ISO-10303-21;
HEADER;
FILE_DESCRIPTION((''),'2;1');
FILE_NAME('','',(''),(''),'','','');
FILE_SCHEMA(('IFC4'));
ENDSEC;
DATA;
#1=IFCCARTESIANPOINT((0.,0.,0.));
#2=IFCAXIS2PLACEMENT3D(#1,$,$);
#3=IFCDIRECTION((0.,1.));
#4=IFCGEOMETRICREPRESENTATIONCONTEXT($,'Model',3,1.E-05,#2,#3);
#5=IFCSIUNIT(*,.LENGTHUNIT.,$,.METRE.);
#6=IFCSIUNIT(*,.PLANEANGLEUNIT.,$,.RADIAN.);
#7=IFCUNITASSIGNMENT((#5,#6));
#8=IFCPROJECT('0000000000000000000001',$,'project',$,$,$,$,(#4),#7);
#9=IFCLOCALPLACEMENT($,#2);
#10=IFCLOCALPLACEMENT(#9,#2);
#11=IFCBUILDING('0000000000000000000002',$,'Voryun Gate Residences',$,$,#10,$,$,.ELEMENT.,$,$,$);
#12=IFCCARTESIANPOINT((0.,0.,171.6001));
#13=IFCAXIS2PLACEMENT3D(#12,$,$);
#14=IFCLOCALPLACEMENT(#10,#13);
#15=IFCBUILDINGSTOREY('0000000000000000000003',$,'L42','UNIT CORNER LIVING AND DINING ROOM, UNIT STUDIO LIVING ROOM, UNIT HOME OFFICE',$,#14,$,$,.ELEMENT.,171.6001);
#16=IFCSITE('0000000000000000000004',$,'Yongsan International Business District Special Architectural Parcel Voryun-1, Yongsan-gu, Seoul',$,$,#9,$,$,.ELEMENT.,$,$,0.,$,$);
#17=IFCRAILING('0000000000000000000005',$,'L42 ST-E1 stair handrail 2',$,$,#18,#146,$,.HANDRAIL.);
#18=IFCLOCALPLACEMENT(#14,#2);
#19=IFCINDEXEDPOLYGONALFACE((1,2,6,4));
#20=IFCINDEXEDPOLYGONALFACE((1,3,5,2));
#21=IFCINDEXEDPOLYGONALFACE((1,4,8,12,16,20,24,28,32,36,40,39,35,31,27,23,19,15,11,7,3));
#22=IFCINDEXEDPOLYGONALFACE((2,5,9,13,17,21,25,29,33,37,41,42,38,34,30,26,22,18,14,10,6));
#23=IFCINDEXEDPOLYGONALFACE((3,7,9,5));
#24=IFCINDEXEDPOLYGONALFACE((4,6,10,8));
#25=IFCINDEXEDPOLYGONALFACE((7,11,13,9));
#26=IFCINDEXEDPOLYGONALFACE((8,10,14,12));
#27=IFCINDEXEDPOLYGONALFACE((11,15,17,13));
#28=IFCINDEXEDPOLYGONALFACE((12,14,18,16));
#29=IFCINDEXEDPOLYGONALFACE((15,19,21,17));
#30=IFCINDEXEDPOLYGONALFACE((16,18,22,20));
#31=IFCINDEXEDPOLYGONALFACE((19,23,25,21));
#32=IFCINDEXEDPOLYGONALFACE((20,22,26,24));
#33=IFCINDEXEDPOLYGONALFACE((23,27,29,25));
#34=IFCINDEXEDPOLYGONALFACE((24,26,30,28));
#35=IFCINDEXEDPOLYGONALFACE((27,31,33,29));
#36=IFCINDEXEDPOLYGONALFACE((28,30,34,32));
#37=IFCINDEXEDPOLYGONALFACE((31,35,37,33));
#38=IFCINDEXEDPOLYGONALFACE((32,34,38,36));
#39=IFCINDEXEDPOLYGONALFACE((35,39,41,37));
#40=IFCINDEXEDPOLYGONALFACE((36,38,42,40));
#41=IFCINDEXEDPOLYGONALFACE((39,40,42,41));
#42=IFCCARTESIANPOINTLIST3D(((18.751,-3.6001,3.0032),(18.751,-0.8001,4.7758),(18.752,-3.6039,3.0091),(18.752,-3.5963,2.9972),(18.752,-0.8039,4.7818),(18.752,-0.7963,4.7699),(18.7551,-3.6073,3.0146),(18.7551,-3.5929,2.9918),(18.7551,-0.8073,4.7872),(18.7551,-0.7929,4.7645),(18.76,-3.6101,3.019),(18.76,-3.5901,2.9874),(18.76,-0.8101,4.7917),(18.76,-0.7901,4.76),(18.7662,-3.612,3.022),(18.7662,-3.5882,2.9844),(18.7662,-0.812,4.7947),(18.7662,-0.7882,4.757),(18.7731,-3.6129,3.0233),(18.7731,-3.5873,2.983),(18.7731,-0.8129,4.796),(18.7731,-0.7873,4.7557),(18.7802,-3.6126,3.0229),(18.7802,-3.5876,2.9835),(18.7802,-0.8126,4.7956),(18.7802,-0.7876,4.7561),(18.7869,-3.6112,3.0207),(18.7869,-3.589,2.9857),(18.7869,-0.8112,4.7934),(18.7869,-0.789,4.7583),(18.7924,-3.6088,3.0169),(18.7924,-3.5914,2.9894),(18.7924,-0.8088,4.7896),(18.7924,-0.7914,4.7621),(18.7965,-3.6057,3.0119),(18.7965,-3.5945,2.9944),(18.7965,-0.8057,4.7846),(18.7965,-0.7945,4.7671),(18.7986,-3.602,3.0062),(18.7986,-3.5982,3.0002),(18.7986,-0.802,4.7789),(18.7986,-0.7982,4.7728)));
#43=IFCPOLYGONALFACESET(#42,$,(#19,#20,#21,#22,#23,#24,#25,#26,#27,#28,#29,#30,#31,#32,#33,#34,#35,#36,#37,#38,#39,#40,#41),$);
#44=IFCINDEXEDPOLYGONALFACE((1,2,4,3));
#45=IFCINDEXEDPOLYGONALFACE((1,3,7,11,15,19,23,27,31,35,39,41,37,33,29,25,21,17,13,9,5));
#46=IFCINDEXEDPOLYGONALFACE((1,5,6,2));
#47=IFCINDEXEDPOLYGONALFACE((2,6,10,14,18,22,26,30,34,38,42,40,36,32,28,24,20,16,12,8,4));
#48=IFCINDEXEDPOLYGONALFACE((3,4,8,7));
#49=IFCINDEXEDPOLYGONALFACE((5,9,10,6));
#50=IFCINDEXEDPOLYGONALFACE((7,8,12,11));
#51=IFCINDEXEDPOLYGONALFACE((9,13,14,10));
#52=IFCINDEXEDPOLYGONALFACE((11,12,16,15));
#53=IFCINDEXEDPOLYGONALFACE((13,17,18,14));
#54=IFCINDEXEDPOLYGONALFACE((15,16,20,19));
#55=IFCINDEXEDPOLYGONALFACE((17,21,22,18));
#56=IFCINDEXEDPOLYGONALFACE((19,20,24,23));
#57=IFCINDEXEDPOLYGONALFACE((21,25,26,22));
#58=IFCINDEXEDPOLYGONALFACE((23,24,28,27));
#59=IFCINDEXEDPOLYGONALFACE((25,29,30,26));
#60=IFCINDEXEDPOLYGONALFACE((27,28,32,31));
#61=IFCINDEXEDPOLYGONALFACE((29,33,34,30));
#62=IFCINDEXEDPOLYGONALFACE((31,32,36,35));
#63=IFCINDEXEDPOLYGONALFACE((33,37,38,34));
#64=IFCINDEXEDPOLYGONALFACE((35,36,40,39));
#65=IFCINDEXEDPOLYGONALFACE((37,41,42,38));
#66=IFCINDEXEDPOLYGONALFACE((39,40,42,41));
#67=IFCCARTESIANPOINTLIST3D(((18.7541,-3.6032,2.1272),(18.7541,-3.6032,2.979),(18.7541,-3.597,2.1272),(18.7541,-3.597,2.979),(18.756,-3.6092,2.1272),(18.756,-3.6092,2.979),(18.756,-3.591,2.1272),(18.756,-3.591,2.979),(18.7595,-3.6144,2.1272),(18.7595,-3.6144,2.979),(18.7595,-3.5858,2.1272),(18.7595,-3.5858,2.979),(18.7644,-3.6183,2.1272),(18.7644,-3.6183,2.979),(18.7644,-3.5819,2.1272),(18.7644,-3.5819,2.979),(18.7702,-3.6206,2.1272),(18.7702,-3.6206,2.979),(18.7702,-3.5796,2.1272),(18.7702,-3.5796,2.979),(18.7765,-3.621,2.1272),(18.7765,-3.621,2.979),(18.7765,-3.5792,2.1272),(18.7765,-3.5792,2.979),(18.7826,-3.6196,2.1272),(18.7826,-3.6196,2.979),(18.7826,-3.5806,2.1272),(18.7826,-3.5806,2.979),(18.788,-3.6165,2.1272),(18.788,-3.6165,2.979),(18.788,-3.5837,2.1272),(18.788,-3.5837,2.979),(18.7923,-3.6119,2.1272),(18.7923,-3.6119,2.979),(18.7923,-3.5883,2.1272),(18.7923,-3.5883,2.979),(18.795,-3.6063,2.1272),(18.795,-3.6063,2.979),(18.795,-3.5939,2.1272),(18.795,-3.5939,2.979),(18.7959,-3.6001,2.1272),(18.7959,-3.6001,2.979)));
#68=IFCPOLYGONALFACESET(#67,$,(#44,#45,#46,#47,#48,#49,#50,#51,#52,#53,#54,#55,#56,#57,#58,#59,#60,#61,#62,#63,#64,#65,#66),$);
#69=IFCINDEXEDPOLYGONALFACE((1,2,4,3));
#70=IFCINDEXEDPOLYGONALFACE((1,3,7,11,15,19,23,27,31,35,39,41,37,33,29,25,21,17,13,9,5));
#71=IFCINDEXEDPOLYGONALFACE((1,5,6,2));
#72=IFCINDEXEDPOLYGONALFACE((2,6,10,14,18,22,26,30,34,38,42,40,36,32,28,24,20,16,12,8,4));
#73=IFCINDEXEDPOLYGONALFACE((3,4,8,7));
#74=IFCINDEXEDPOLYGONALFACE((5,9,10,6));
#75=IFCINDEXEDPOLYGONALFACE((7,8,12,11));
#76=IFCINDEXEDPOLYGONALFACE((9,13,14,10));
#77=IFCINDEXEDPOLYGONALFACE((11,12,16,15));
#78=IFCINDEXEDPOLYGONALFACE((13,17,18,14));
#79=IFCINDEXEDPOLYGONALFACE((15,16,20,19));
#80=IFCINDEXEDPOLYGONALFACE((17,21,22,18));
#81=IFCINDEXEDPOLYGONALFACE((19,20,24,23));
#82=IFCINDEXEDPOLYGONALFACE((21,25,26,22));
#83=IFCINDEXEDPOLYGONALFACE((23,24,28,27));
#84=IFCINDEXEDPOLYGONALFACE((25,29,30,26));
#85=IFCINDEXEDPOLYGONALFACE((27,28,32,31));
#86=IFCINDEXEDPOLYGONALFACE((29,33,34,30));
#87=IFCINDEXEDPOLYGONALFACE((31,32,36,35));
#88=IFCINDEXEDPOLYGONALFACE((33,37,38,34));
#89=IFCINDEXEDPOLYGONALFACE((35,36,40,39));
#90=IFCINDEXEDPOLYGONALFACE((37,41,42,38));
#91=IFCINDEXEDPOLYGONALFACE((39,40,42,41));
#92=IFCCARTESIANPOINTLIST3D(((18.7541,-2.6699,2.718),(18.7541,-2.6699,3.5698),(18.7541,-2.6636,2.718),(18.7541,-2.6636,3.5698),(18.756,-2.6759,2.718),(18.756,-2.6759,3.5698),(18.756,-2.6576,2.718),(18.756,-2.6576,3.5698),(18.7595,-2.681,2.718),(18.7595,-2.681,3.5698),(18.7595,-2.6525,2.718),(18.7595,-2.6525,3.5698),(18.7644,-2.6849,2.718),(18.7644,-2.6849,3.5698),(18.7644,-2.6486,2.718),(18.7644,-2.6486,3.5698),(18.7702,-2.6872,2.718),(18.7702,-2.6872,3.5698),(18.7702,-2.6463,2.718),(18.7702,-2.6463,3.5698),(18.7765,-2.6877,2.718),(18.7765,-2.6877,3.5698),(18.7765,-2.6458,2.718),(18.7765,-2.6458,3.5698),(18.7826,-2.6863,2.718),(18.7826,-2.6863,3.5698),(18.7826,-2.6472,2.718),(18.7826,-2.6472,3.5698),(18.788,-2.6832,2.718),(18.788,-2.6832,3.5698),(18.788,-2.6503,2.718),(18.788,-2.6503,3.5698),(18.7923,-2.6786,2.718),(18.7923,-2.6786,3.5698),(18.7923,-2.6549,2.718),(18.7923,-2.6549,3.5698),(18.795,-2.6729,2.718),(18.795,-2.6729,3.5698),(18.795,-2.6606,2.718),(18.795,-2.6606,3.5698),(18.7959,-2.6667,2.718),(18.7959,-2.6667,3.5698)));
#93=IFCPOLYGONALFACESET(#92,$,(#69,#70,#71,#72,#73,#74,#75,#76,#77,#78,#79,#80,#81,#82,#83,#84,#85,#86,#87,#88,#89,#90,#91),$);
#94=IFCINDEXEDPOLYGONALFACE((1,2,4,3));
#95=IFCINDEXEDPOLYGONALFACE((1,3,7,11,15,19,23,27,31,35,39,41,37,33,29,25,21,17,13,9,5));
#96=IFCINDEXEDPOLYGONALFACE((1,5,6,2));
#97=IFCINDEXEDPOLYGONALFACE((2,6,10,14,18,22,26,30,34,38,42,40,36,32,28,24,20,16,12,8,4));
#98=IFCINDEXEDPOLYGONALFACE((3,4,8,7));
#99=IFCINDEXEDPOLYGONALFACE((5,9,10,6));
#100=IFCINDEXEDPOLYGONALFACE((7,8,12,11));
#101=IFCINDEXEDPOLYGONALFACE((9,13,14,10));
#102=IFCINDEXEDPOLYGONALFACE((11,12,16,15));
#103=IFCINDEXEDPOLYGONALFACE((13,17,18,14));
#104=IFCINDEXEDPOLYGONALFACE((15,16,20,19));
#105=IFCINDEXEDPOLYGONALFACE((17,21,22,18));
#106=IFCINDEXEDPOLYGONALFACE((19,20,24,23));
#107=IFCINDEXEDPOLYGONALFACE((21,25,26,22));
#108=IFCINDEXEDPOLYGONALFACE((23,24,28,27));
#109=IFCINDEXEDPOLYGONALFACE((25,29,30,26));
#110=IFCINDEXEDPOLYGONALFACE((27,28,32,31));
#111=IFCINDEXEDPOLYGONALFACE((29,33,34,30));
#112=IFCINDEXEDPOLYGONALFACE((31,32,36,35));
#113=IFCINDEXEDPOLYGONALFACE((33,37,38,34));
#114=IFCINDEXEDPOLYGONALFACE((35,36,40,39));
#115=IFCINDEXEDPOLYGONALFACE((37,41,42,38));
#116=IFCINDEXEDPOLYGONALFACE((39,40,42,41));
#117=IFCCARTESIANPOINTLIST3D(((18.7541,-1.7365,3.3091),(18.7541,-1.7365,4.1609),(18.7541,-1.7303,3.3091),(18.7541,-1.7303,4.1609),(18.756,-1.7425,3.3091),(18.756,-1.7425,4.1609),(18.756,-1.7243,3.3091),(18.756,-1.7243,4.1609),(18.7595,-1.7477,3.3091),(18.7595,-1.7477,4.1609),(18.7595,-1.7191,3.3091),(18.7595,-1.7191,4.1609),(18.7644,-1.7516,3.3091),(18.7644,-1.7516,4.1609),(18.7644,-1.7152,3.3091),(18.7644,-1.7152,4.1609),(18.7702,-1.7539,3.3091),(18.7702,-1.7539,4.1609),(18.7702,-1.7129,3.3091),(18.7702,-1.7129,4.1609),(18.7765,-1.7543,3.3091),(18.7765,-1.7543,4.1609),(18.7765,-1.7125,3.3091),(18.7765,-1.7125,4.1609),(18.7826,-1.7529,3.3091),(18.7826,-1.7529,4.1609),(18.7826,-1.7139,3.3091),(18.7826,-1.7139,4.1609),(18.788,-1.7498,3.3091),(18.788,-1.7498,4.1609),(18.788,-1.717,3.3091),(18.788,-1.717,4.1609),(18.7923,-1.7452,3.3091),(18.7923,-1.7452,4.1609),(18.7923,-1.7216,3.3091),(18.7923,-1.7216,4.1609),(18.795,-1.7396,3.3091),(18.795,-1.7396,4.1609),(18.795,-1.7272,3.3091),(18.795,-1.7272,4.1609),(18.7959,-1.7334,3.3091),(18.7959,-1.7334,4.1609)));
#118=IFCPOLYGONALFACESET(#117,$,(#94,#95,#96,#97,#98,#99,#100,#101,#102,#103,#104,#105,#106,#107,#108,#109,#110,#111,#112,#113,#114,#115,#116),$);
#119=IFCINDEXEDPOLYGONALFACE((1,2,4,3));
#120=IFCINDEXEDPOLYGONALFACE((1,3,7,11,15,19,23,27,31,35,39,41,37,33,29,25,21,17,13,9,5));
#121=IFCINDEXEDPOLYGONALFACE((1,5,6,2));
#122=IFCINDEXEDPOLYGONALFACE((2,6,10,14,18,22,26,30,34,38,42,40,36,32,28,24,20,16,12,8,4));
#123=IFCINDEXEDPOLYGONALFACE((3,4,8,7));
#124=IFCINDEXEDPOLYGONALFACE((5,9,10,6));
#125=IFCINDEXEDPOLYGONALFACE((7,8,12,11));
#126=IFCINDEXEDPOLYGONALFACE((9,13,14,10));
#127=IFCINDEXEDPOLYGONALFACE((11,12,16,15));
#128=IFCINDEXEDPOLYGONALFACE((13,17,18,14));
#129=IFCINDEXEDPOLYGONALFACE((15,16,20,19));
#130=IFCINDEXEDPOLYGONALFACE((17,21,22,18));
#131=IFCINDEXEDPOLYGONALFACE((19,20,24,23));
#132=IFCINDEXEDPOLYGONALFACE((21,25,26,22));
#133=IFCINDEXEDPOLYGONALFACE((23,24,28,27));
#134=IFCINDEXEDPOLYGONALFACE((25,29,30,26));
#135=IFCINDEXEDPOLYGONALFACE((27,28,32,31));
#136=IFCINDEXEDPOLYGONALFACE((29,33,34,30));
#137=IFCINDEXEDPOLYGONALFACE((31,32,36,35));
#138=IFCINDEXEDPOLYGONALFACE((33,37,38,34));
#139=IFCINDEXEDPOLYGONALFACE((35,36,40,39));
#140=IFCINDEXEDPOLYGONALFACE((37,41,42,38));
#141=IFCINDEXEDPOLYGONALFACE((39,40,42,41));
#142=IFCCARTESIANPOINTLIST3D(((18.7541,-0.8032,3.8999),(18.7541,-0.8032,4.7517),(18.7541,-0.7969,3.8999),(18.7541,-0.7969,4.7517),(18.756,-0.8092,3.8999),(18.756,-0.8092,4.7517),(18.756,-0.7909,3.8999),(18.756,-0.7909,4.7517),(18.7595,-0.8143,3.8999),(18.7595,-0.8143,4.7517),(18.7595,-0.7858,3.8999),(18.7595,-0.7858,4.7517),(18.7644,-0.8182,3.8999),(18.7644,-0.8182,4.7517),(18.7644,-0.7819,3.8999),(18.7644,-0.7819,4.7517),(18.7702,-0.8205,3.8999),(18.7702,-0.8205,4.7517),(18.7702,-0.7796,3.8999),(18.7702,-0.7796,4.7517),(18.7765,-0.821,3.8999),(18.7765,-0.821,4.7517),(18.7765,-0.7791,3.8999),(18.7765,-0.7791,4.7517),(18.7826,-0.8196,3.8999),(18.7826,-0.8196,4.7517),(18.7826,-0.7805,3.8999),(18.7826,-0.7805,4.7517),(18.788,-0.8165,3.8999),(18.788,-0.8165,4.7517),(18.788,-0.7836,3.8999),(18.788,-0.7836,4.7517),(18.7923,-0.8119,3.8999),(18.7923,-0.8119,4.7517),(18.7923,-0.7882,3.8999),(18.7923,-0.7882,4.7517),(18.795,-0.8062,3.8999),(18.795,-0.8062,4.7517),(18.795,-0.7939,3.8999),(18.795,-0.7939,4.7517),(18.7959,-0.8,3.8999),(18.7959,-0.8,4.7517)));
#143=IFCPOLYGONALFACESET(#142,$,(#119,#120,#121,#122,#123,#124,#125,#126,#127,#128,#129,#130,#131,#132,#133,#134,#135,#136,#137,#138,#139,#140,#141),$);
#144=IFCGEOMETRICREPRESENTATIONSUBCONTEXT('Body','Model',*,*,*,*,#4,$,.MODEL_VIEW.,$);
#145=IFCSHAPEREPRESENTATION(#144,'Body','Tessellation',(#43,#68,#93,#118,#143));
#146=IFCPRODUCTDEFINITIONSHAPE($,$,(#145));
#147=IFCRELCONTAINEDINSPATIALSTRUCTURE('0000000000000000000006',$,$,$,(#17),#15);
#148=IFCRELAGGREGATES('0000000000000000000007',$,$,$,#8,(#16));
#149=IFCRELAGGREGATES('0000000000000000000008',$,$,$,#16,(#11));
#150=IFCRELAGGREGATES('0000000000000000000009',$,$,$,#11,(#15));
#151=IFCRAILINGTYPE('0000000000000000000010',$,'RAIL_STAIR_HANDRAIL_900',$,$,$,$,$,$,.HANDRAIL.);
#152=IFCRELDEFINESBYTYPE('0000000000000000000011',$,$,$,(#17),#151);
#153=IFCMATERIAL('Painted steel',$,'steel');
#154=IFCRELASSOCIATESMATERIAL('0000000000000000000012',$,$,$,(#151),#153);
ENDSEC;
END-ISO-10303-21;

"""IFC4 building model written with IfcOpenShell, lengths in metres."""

from ifc_helpers import new_model, si_unit, direction, frame, origin, origin_2d, place, context, subcontext, project, spatial, circle, extrude, material, type_object, element, save


model = new_model("IFC4")

# Units and contexts
model_context = context("Model", 3, precision=1e-05, world=origin(), true_north=direction((0.0, 1.0)))
body_context = subcontext(model_context, "Body", "Model", "MODEL_VIEW")
ifc_project = project(units=[si_unit("LENGTHUNIT", "METRE"), si_unit("PLANEANGLEUNIT", "RADIAN")], contexts=[model_context])

# Site, building, storey
site_placement = place(None, origin())
site = spatial("IfcSite", under=ifc_project, at=site_placement, Name="Yongsan International Business District Special Architectural Parcel Voryun-1, Yongsan-gu, Seoul", CompositionType="ELEMENT", RefElevation=0.0)
building_placement = place(site_placement, origin())
building = spatial("IfcBuilding", under=site, at=building_placement, Name="Voryun Gate Residences", CompositionType="ELEMENT")
storey_placement = place(building_placement, frame((0.0, 0.0, 171.6001)))
storey = spatial("IfcBuildingStorey", under=building, at=storey_placement, Name="L42", Description="UNIT CORNER LIVING AND DINING ROOM, UNIT STUDIO LIVING ROOM, UNIT HOME OFFICE", CompositionType="ELEMENT", Elevation=171.6001)

# Railing
ifc_material_1 = material(Name="Painted steel", Category="steel")
railing_type_1 = type_object("IfcRailingType", Name="RAIL_STAIR_HANDRAIL_900", PredefinedType="HANDRAIL", material=ifc_material_1)
railing_1_placement = place(storey_placement, frame((18.7749, -3.6001, 2.1272)))
element("IfcRailing", 1, at=railing_1_placement, inside=storey, type_object=railing_type_1, Name="L42 ST-E1 stair handrail 2", PredefinedType="HANDRAIL", context=body_context, shape_type="SweptSolid", body=[
    extrude(circle(Radius=0.0239, at=origin_2d()), frame((0.0, 0.0, 0.876), z_axis=(0.0, 0.844909, 0.53491), x_axis=(-1.0, 0.0, 0.0)), (0.0, 0.0, 1.0), 3.314),
    extrude(circle(Radius=0.021, at=origin_2d()), origin(), (0.0, 0.0, 1.0), 0.8518),
    extrude(circle(Radius=0.021, at=origin_2d()), frame((0.0, 0.9333, 0.5908)), (0.0, 0.0, 1.0), 0.8518),
    extrude(circle(Radius=0.021, at=origin_2d()), frame((0.0, 1.8667, 1.1819)), (0.0, 0.0, 1.0), 0.8518),
    extrude(circle(Radius=0.021, at=origin_2d()), frame((0.0, 2.8, 1.7727)), (0.0, 0.0, 1.0), 0.8518),
])

save(model, "model.ifc")
